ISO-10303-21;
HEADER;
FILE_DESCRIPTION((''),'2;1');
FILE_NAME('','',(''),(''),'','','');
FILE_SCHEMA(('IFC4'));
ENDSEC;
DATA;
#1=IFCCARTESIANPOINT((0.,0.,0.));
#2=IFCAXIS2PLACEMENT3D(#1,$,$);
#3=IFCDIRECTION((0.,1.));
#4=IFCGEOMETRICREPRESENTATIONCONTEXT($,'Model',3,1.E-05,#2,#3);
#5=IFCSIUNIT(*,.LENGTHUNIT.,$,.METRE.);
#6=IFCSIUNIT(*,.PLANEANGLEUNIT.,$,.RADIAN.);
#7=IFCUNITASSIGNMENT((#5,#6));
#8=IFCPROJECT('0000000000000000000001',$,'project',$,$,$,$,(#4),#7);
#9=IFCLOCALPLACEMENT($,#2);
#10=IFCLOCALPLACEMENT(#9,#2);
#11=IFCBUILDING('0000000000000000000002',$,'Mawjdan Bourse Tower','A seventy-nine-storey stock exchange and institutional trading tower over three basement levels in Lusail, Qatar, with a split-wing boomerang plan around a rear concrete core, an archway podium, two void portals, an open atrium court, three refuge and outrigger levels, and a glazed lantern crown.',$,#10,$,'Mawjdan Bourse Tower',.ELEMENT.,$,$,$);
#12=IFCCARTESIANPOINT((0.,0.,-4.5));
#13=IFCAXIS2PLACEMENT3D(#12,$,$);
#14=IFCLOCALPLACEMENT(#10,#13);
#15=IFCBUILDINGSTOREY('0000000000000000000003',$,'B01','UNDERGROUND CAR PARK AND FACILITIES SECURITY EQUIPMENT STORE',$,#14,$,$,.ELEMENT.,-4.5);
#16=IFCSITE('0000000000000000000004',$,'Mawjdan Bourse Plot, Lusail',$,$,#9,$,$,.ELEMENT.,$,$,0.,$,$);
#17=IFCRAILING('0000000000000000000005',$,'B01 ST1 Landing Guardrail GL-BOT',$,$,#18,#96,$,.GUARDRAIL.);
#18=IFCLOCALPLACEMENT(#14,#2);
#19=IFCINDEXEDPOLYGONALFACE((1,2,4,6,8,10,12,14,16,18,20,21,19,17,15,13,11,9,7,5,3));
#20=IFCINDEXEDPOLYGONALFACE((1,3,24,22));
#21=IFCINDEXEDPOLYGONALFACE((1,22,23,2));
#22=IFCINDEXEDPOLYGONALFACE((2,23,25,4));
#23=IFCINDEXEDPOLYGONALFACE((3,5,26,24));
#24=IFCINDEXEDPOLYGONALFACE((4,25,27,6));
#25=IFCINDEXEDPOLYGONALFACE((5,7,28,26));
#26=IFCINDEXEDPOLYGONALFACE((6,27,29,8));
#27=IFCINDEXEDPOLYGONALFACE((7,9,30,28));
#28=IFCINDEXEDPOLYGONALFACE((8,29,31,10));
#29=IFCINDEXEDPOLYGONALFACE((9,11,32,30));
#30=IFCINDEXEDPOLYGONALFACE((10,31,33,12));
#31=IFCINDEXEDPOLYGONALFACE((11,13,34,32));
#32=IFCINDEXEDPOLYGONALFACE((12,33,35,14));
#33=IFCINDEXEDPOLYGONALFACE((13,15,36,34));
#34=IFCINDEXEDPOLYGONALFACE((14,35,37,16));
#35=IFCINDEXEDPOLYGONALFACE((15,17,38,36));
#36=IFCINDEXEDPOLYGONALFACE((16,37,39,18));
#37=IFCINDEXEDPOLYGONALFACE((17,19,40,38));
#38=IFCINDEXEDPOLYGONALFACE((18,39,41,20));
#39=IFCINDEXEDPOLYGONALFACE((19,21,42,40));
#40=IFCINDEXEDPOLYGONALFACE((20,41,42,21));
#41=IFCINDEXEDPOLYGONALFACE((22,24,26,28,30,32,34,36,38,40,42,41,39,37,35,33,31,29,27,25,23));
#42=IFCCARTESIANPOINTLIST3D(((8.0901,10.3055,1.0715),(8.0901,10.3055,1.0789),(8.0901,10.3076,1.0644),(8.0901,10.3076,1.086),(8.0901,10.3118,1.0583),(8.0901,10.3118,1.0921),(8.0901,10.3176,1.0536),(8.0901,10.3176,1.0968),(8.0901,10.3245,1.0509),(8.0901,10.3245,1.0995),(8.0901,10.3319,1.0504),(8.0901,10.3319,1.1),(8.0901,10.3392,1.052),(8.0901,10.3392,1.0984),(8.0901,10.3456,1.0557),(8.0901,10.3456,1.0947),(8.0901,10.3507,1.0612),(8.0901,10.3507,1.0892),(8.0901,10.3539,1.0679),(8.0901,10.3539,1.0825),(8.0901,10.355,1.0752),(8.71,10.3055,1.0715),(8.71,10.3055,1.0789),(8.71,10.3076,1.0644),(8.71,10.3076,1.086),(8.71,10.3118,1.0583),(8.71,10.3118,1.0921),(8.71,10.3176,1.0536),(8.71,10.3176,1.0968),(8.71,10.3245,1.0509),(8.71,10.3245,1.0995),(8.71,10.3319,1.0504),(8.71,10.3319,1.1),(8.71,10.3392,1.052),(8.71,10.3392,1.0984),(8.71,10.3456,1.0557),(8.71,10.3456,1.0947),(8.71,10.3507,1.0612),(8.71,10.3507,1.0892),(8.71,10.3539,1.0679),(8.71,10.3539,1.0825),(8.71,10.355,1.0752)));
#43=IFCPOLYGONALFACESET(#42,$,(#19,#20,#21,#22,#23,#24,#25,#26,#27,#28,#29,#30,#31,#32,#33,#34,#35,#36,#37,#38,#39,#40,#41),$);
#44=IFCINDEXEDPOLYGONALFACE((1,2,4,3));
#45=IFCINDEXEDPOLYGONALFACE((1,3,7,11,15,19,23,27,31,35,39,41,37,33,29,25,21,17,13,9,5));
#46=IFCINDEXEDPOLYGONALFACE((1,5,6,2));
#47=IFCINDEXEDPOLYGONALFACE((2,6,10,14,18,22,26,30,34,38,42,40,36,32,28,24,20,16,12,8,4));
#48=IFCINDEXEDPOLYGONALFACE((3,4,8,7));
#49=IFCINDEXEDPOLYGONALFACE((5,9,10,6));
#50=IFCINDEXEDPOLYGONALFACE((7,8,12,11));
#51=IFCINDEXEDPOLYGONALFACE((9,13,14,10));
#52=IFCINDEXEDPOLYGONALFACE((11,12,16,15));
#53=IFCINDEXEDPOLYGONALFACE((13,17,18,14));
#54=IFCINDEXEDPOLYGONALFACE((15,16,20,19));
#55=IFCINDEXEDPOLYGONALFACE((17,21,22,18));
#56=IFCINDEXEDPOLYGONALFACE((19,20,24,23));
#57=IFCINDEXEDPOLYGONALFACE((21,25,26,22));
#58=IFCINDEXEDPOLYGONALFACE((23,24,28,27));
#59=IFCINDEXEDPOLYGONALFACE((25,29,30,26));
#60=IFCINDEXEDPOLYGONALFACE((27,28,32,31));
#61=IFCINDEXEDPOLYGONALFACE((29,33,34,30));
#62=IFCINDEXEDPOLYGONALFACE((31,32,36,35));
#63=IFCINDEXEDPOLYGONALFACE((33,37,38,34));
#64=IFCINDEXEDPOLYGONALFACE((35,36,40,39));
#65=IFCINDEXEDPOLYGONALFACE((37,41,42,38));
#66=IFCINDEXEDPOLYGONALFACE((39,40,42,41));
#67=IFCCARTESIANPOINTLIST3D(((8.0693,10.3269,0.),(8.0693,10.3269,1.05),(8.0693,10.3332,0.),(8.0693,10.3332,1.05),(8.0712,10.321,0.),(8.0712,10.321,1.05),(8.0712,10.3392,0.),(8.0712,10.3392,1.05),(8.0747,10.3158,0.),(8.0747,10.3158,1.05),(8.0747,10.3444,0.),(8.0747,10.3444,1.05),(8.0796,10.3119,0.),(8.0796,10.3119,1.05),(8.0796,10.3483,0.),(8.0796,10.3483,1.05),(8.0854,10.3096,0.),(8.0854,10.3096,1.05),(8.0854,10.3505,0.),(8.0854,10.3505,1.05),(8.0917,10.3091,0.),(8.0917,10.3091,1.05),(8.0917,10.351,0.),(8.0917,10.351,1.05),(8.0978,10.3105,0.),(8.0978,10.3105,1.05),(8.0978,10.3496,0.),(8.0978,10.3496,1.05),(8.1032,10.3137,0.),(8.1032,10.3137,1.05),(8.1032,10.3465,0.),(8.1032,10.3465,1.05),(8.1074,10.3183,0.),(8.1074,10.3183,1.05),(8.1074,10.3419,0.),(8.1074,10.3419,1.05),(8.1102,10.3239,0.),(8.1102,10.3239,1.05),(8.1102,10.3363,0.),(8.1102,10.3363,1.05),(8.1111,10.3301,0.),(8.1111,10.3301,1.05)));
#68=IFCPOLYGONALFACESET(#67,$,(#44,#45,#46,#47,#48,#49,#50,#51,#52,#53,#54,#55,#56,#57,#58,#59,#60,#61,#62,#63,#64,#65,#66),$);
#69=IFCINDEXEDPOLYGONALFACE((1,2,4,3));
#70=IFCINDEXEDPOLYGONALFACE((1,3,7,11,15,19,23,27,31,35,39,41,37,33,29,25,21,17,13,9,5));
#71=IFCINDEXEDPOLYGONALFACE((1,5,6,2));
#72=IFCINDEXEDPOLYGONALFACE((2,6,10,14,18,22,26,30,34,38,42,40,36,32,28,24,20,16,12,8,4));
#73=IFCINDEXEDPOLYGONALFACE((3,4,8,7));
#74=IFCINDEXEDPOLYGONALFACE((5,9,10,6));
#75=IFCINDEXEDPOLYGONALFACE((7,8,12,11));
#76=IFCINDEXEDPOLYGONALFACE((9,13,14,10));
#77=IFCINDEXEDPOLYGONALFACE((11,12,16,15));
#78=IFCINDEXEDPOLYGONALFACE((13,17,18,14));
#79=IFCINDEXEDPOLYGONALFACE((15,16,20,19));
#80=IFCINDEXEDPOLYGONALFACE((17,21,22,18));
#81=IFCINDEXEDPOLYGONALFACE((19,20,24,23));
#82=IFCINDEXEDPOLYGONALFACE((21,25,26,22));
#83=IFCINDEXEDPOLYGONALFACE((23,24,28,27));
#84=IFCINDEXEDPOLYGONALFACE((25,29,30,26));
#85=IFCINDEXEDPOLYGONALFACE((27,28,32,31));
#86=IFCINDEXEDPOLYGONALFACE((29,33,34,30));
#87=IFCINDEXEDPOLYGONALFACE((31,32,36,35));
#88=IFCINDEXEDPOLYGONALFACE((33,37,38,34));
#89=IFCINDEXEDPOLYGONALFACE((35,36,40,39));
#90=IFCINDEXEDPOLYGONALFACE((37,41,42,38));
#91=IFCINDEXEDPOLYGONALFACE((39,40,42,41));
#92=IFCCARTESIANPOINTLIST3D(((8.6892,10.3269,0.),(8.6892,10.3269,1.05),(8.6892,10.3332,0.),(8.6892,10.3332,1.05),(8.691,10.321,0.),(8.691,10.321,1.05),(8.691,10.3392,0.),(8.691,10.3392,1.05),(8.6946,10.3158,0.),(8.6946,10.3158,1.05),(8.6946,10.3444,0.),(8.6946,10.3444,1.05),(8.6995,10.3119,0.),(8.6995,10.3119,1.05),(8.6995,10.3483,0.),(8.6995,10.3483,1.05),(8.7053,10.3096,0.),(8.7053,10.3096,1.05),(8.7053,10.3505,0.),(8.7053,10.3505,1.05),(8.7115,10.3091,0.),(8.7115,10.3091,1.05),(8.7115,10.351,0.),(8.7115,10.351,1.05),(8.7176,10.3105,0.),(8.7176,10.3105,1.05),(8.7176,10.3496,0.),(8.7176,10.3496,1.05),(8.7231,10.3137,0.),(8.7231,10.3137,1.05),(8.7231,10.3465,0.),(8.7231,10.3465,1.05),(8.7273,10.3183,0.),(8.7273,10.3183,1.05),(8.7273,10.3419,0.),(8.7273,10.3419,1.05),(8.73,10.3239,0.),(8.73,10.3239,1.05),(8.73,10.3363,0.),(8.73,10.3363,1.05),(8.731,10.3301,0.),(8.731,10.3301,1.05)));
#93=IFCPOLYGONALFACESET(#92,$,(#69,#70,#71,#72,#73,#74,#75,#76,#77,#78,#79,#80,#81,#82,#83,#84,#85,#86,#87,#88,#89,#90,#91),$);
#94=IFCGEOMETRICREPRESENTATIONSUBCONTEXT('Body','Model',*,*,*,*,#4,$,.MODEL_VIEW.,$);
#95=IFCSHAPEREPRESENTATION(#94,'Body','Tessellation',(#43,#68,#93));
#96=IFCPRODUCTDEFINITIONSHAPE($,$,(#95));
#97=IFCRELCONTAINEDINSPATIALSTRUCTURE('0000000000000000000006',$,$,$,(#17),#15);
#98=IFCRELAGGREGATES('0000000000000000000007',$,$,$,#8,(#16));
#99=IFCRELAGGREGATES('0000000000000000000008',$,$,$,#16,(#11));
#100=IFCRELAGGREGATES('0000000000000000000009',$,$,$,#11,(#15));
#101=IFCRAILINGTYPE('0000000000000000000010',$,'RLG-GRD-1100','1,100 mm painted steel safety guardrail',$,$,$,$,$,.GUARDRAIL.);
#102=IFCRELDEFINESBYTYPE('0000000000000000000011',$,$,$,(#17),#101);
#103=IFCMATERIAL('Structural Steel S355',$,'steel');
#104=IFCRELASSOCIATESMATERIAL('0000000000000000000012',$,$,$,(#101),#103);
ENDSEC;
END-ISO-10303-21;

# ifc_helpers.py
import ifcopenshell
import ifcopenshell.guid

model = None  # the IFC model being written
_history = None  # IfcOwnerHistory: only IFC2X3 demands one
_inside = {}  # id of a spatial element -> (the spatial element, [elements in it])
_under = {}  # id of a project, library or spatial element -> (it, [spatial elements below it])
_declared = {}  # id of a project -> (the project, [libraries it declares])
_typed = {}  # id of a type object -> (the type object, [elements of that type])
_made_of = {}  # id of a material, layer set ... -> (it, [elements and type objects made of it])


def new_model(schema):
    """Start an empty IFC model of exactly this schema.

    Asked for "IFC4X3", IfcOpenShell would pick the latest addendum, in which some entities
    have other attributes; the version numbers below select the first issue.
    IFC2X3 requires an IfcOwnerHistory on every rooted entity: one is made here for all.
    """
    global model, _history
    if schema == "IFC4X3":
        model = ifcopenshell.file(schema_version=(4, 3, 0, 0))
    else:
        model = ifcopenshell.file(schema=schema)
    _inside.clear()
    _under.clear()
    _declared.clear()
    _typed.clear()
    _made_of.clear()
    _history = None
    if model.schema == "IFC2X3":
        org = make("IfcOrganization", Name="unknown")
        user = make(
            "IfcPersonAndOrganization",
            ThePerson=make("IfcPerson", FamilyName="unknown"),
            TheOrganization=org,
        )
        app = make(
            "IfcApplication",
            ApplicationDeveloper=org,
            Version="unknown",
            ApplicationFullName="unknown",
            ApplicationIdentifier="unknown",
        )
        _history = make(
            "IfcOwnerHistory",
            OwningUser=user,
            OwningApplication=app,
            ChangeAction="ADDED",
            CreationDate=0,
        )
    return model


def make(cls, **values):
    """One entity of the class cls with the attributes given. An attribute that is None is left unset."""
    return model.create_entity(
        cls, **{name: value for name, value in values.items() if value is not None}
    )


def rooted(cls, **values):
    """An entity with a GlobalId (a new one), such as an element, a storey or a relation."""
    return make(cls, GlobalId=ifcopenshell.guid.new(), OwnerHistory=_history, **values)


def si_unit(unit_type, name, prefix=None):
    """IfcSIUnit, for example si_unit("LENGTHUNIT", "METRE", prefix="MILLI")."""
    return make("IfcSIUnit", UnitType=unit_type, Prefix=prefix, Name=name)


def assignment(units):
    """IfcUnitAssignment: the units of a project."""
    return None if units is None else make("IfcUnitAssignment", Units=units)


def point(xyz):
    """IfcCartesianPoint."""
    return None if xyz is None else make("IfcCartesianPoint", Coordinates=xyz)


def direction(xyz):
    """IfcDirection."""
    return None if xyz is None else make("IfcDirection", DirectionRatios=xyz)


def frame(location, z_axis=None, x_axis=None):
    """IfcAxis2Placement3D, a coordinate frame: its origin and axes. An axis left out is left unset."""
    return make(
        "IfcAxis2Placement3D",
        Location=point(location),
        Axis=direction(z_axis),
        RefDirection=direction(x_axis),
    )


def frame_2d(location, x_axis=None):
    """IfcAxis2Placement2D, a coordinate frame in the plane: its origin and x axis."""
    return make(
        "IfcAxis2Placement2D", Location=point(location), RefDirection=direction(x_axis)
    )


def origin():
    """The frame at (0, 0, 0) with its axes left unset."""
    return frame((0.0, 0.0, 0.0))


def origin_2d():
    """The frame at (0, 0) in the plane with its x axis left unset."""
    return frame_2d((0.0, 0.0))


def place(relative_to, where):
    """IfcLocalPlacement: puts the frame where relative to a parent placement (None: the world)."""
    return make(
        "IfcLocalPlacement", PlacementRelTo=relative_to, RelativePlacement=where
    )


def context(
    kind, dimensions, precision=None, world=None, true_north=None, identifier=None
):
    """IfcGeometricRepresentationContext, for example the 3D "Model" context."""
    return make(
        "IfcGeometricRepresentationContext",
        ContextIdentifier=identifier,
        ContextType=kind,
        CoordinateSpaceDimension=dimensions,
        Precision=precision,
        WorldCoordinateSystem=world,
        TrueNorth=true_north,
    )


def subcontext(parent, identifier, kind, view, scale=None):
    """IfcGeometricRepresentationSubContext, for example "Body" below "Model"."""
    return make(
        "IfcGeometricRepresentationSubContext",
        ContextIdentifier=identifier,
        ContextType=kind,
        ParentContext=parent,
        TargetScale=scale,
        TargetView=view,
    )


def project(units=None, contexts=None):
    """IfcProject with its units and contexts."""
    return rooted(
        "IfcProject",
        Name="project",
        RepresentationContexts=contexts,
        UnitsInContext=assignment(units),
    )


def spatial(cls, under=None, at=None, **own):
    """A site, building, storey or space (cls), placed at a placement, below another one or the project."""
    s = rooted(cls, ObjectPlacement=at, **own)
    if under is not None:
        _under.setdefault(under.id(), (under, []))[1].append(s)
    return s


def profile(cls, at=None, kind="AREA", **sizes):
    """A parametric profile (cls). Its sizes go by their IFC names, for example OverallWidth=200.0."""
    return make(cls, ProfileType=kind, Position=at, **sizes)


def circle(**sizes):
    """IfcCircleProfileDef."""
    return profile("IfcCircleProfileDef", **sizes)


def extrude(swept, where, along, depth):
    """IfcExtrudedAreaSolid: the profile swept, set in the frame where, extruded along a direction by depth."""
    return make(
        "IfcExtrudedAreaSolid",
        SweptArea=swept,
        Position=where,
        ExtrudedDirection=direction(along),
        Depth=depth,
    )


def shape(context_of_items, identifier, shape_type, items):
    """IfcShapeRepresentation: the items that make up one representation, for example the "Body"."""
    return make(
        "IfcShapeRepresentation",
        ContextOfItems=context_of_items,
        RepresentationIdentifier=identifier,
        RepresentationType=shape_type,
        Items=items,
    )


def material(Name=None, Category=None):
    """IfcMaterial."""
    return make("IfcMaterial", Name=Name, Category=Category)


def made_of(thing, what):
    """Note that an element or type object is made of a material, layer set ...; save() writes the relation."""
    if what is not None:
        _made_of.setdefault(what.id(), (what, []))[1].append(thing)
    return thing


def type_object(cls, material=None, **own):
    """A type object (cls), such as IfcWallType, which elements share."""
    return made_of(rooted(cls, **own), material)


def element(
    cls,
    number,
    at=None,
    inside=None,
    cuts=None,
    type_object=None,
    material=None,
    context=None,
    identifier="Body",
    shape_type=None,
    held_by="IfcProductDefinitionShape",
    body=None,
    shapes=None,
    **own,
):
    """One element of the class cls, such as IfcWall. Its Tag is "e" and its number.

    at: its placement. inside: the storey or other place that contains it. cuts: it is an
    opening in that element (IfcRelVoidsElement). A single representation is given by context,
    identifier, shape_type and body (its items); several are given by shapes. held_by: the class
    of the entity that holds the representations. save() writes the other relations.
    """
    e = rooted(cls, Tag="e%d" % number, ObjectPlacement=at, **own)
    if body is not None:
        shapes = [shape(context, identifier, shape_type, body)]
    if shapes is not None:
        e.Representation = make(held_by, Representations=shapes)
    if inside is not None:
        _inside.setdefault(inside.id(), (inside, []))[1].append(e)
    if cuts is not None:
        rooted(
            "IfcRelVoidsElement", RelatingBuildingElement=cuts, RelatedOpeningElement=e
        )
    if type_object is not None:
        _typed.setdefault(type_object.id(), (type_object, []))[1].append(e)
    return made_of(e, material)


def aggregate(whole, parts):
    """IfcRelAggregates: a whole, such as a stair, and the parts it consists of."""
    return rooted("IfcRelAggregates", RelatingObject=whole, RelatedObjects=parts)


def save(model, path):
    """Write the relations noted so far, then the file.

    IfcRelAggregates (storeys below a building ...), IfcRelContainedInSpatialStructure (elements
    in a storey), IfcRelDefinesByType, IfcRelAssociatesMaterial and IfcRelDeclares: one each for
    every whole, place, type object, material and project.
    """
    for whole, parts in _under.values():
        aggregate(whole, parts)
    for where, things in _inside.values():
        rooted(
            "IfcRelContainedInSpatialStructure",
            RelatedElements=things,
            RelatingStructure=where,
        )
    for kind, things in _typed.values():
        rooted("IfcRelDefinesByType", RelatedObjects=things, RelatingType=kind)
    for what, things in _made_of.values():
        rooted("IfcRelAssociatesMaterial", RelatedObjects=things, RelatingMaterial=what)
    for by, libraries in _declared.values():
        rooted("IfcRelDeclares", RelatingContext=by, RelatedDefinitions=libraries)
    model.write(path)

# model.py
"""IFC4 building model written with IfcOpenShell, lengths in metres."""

from ifc_helpers import new_model, si_unit, direction, frame, origin, origin_2d, place, context, subcontext, project, spatial, circle, extrude, material, type_object, element, save


model = new_model("IFC4")

# Units and contexts
model_context = context("Model", 3, precision=1e-05, world=origin(), true_north=direction((0.0, 1.0)))
body_context = subcontext(model_context, "Body", "Model", "MODEL_VIEW")
ifc_project = project(units=[si_unit("LENGTHUNIT", "METRE"), si_unit("PLANEANGLEUNIT", "RADIAN")], contexts=[model_context])

# Site, building, storey
site_placement = place(None, origin())
site = spatial("IfcSite", under=ifc_project, at=site_placement, Name="Mawjdan Bourse Plot, Lusail", CompositionType="ELEMENT", RefElevation=0.0)
building_placement = place(site_placement, origin())
building = spatial("IfcBuilding", under=site, at=building_placement, Name="Mawjdan Bourse Tower", Description="A seventy-nine-storey stock exchange and institutional trading tower over three basement levels in Lusail, Qatar, with a split-wing boomerang plan around a rear concrete core, an archway podium, two void portals, an open atrium court, three refuge and outrigger levels, and a glazed lantern crown.", LongName="Mawjdan Bourse Tower", CompositionType="ELEMENT")
storey_placement = place(building_placement, frame((0.0, 0.0, -4.5)))
storey = spatial("IfcBuildingStorey", under=building, at=storey_placement, Name="B01", Description="UNDERGROUND CAR PARK AND FACILITIES SECURITY EQUIPMENT STORE", CompositionType="ELEMENT", Elevation=-4.5)

# Shared definitions
ifc_material_1 = material(Name="Structural Steel S355", Category="steel")

# Railing
railing_type = type_object("IfcRailingType", Name="RLG-GRD-1100", Description="1,100 mm painted steel safety guardrail", PredefinedType="GUARDRAIL", material=ifc_material_1)
for number, where, name in (
    (1, (8.0901, 10.3301, 0.0), "B01 ST1 Landing Guardrail GL-BOT"),
):
    element("IfcRailing", number, at=place(storey_placement, frame(where)), inside=storey, type_object=railing_type, Name=name, PredefinedType="GUARDRAIL", context=body_context, shape_type="SweptSolid", body=[
        extrude(circle(Radius=0.0249, at=origin_2d()), frame((0.0, 0.0, 1.0752), z_axis=(1.0, 0.0, 0.0), x_axis=(0.0, 1.0, 0.0)), (0.0, 0.0, 1.0), 0.6199),
        extrude(circle(Radius=0.021, at=origin_2d()), origin(), (0.0, 0.0, 1.0), 1.05),
        extrude(circle(Radius=0.021, at=origin_2d()), frame((0.6199, 0.0, 0.0)), (0.0, 0.0, 1.0), 1.05),
    ])

save(model, "model.ifc")
